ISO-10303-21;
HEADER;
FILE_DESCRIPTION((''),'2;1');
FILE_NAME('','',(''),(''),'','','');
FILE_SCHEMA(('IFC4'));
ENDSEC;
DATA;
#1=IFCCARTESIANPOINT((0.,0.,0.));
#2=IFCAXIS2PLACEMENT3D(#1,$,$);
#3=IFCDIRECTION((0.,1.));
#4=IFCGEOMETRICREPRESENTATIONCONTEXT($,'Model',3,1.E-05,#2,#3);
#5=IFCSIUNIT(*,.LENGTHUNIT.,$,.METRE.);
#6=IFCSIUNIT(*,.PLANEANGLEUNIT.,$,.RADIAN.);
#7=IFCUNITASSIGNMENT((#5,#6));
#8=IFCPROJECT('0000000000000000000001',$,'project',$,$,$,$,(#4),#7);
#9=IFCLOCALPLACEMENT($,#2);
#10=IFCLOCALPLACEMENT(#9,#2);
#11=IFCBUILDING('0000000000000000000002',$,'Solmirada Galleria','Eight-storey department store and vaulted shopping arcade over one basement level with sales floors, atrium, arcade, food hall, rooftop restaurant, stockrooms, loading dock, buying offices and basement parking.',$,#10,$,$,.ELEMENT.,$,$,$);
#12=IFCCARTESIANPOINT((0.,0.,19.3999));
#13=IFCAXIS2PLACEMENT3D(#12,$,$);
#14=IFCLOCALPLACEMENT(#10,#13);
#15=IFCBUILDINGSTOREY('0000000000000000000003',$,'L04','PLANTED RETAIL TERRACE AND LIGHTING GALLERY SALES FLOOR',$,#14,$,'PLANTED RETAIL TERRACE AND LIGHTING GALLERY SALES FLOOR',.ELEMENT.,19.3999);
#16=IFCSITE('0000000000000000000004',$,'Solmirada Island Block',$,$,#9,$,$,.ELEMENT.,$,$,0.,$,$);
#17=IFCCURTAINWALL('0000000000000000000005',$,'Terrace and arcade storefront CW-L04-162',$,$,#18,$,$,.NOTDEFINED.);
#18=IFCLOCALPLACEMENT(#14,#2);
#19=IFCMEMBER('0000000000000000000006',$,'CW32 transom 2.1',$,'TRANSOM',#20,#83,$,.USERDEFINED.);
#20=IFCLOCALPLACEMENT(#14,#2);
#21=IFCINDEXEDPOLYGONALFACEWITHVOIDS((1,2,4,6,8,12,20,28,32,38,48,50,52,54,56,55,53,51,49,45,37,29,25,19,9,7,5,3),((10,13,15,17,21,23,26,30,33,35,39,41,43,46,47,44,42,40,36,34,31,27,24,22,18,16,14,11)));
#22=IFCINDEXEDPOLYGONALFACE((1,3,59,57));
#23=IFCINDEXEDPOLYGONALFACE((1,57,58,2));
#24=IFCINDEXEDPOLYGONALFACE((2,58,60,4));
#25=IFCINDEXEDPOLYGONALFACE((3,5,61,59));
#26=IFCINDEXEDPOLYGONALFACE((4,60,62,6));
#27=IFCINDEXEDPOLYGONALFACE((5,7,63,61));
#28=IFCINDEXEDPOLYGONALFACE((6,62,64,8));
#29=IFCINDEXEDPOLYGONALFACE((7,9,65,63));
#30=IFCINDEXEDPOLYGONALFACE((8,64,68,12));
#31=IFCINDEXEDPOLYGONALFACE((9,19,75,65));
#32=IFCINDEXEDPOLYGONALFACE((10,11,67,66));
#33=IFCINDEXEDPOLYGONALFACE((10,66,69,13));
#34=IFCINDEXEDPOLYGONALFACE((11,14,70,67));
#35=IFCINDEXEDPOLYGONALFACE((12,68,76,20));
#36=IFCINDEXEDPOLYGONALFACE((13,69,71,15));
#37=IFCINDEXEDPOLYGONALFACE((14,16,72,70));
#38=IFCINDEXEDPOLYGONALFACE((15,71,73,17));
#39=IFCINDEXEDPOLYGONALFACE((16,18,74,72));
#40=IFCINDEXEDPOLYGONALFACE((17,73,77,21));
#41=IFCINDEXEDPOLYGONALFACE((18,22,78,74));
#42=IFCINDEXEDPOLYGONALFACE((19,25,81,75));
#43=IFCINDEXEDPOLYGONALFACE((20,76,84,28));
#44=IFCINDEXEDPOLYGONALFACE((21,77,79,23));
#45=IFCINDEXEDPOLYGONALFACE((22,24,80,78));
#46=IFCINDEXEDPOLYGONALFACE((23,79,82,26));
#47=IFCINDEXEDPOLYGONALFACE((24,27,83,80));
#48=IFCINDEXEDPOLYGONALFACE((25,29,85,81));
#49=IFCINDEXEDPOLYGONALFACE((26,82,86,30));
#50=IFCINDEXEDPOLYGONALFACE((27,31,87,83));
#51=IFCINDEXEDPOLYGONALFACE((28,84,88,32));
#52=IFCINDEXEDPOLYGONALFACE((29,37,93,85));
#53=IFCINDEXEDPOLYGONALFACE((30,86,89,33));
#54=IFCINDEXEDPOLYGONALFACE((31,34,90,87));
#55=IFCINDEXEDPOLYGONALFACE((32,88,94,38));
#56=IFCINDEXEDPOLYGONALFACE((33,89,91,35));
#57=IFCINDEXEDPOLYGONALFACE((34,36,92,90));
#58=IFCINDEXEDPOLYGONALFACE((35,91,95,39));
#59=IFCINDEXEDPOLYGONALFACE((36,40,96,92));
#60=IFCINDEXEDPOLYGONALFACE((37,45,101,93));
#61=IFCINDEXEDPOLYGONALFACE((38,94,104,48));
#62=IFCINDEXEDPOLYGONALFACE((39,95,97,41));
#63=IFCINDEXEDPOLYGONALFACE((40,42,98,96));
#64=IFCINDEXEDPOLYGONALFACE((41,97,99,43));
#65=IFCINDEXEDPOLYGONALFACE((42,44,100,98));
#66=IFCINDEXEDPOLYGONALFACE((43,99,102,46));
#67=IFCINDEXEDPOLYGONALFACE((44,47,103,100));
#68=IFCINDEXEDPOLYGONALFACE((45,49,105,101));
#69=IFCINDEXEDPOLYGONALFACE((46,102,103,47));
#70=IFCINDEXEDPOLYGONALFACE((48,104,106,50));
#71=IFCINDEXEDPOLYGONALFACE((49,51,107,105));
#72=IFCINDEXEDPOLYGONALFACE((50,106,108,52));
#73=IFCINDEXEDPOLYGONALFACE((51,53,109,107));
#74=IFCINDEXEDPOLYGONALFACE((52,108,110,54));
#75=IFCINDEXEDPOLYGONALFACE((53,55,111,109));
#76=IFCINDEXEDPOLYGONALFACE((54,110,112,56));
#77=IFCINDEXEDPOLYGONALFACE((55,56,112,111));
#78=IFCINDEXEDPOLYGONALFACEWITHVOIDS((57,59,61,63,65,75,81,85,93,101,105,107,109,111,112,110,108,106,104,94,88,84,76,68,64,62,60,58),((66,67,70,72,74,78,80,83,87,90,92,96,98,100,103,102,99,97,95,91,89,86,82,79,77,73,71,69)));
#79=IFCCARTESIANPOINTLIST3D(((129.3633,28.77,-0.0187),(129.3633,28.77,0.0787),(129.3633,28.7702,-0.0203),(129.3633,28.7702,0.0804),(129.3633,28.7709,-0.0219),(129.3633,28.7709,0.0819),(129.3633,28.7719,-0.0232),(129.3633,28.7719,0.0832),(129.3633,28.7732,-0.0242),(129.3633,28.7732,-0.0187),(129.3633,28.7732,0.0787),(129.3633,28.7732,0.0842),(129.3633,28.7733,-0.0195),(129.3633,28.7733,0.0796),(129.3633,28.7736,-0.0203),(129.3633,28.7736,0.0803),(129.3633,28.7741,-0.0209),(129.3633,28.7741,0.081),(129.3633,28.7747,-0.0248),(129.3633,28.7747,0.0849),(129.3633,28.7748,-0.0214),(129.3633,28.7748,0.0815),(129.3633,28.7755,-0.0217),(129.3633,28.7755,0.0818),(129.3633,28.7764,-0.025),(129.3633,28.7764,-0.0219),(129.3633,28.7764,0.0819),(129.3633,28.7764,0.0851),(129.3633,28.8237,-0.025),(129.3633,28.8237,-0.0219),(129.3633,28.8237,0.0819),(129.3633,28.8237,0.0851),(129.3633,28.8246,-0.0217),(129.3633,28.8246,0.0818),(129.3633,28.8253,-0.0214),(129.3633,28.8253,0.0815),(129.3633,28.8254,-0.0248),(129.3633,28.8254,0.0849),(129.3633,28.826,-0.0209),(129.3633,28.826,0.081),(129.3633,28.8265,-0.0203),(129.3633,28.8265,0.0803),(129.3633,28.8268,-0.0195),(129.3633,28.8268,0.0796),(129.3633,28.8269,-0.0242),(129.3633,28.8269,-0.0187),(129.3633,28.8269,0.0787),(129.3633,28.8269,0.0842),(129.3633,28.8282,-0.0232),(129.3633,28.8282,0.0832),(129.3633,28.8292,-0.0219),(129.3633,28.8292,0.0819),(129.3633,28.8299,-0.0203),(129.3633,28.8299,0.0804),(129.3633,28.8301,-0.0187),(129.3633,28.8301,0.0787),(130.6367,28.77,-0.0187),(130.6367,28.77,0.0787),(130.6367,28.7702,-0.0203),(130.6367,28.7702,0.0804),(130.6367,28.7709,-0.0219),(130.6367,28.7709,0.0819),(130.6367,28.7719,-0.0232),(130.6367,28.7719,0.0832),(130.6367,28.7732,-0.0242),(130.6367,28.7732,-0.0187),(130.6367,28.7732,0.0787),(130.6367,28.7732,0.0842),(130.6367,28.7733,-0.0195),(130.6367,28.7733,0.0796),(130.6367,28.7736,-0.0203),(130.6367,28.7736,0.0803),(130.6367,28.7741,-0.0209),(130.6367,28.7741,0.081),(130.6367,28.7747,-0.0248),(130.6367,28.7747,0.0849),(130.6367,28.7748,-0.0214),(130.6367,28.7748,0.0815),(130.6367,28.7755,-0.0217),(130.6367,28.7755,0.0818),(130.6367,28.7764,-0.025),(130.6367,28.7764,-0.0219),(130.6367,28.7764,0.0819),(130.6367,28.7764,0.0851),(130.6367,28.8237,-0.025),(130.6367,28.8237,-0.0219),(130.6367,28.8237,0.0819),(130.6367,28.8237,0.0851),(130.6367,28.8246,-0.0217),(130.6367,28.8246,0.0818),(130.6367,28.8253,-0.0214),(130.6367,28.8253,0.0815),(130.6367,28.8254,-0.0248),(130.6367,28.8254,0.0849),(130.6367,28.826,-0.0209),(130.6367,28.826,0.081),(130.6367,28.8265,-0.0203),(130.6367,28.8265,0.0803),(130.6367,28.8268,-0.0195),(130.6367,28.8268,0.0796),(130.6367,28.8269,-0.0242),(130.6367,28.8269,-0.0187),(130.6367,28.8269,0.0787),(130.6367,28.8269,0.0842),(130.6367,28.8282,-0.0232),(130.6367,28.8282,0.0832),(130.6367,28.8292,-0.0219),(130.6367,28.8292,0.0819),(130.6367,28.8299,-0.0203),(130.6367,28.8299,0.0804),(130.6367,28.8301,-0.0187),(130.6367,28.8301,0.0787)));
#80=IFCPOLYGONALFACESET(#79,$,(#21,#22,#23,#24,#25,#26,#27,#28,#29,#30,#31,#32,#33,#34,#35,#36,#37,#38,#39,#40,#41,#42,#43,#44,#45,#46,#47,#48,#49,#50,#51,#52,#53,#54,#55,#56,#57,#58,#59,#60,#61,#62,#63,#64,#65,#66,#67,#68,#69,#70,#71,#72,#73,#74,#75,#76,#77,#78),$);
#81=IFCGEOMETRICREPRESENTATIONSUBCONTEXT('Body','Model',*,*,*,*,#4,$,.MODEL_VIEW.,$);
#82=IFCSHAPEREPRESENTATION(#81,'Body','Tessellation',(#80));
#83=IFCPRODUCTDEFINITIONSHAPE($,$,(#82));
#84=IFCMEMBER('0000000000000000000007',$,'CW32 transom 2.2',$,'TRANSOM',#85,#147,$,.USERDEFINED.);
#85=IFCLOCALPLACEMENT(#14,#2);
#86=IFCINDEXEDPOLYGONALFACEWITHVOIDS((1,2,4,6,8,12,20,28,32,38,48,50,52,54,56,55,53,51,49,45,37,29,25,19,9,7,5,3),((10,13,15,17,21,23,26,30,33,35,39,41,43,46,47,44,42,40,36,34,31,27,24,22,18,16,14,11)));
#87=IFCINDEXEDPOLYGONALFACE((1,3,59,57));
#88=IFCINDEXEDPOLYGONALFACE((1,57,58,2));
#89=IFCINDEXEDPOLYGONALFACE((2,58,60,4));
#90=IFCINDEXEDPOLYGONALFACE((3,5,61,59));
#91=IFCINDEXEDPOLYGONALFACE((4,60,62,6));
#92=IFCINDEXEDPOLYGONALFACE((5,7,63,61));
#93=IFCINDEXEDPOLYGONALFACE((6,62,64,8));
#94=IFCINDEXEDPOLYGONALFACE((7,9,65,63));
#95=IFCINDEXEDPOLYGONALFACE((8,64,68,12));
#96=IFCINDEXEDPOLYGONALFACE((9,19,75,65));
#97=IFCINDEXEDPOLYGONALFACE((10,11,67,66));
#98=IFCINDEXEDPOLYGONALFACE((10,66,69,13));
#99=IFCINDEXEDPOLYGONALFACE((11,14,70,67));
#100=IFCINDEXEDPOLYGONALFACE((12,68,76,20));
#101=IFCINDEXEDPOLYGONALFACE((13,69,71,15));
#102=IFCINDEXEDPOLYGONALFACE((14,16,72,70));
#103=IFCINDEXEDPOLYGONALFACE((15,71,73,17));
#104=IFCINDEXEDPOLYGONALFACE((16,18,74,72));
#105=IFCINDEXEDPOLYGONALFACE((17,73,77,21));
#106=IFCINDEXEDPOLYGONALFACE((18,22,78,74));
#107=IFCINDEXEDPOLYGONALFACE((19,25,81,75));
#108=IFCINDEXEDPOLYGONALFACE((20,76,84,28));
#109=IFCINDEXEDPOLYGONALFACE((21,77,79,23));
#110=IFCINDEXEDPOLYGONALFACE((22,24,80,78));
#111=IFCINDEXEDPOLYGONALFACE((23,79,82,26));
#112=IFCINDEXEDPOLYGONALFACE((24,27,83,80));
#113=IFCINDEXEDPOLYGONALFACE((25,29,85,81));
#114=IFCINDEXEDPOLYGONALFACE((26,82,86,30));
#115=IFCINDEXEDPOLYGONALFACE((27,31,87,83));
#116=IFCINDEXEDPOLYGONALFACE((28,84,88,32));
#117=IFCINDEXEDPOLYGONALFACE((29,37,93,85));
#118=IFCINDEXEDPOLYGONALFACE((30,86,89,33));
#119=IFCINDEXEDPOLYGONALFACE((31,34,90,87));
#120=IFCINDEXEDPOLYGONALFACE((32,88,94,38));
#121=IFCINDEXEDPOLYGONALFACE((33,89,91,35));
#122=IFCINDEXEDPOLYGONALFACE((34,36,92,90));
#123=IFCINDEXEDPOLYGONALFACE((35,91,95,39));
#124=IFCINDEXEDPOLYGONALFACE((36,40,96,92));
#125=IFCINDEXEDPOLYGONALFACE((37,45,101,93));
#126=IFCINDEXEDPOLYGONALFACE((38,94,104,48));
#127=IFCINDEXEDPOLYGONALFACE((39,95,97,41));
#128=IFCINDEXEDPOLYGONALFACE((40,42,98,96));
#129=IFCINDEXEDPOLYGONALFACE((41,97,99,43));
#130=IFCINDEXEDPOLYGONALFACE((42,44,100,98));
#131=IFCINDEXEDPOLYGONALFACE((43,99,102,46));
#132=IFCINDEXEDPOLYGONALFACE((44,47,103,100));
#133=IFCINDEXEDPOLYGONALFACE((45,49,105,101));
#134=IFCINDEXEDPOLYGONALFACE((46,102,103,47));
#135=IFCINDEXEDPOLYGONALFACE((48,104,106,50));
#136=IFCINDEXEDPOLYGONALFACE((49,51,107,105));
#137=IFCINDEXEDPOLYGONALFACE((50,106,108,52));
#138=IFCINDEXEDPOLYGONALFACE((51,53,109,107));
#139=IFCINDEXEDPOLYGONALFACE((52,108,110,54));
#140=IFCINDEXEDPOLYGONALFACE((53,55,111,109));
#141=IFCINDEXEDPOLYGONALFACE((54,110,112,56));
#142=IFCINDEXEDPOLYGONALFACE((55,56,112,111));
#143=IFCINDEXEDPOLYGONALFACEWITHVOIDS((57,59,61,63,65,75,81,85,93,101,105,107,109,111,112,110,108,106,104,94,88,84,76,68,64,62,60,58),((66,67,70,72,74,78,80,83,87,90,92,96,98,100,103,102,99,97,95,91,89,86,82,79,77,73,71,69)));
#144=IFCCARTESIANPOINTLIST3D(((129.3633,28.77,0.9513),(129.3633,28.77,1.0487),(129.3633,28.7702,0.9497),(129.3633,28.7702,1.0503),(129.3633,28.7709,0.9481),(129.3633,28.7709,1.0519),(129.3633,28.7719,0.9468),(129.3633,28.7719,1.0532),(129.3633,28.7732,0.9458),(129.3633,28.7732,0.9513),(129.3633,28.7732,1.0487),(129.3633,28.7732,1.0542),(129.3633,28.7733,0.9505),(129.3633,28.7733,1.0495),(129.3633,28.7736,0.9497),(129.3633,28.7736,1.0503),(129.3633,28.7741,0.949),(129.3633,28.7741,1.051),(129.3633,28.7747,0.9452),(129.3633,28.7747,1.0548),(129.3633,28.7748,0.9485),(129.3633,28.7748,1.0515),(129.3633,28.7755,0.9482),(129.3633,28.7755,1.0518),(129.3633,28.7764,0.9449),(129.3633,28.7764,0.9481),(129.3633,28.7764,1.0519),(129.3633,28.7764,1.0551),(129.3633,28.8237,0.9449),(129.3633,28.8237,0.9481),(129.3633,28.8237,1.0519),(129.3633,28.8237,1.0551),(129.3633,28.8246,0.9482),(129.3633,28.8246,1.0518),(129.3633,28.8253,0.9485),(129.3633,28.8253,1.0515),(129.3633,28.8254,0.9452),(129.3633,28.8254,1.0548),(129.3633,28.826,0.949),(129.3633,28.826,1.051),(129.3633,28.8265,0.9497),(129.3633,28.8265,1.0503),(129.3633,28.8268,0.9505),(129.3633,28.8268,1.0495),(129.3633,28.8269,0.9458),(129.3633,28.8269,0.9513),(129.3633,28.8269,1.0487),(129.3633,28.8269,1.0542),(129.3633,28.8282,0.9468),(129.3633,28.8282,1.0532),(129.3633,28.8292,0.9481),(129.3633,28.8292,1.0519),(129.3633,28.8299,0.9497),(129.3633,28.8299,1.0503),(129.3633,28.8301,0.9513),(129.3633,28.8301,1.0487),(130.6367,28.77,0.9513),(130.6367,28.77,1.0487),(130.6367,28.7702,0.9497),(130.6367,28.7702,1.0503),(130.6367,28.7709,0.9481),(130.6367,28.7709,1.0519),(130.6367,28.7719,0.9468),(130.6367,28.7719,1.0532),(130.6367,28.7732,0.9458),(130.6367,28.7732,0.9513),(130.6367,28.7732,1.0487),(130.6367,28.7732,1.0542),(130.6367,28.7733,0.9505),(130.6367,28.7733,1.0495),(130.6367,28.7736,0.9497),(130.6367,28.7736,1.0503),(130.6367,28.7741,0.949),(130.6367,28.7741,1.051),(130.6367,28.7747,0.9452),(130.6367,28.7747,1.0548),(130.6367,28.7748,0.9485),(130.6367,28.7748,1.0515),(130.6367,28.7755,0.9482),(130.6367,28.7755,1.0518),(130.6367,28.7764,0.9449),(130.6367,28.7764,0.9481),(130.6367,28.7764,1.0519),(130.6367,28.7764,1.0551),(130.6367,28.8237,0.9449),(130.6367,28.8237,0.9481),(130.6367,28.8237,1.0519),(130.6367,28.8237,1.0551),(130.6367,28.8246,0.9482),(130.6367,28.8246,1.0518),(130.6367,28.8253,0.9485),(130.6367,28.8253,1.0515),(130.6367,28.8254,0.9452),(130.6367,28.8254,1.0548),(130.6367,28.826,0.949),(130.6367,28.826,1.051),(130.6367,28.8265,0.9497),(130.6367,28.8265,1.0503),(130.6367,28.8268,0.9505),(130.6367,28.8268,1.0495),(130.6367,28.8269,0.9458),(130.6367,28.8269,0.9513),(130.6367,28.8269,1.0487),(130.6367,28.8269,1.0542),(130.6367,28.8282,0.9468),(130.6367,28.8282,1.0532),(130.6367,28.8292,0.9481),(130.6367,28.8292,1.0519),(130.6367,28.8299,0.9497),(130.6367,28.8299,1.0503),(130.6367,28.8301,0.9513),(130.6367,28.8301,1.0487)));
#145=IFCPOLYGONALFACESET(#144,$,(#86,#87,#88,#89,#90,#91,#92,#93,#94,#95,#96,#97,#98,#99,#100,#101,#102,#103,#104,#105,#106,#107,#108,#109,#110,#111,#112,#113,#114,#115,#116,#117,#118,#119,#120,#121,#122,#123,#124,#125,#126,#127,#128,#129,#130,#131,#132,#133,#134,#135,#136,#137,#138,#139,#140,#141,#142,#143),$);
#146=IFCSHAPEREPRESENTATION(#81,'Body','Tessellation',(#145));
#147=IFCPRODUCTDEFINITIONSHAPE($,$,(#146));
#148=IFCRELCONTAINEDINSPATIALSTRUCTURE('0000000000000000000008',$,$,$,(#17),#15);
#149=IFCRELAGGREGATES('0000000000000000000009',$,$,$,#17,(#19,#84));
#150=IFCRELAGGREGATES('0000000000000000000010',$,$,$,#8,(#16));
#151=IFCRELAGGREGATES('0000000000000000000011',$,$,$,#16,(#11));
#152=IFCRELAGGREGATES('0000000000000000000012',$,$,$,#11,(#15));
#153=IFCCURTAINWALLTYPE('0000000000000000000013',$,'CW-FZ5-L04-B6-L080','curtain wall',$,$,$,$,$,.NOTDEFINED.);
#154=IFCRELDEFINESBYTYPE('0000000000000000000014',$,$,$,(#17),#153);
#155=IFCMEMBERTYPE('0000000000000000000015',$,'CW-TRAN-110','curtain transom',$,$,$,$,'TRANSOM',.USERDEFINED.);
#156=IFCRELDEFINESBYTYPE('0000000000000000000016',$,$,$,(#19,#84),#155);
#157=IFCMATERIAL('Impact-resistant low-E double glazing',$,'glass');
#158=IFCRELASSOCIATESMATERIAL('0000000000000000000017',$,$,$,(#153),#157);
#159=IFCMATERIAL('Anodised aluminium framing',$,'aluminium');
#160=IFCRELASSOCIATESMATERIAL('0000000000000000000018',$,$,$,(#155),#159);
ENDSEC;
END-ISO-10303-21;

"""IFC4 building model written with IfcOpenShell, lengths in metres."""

from ifc_helpers import new_model, si_unit, direction, frame, origin, origin_2d, place, context, subcontext, project, spatial, hollow_rectangle, extrude, material, material_profile, profile_set, type_object, element, aggregate, save


model = new_model("IFC4")

# Units and contexts
model_context = context("Model", 3, precision=1e-05, world=origin(), true_north=direction((0.0, 1.0)))
body_context = subcontext(model_context, "Body", "Model", "MODEL_VIEW")
ifc_project = project(units=[si_unit("LENGTHUNIT", "METRE"), si_unit("PLANEANGLEUNIT", "RADIAN")], contexts=[model_context])

# Site, building, storey
site_placement = place(None, origin())
site = spatial("IfcSite", under=ifc_project, at=site_placement, Name="Solmirada Island Block", CompositionType="ELEMENT", RefElevation=0.0)
building_placement = place(site_placement, origin())
building = spatial("IfcBuilding", under=site, at=building_placement, Name="Solmirada Galleria", Description="Eight-storey department store and vaulted shopping arcade over one basement level with sales floors, atrium, arcade, food hall, rooftop restaurant, stockrooms, loading dock, buying offices and basement parking.", CompositionType="ELEMENT")
storey_placement = place(building_placement, frame((0.0, 0.0, 19.3999)))
storey = spatial("IfcBuildingStorey", under=building, at=storey_placement, Name="L04", Description="PLANTED RETAIL TERRACE AND LIGHTING GALLERY SALES FLOOR", LongName="PLANTED RETAIL TERRACE AND LIGHTING GALLERY SALES FLOOR", CompositionType="ELEMENT", Elevation=19.3999)

# Curtain wall, members
ifc_material_1 = material(Name="Impact-resistant low-E double glazing", Category="glass")
curtain_wall_type = type_object("IfcCurtainWallType", Name="CW-FZ5-L04-B6-L080", Description="curtain wall", PredefinedType="NOTDEFINED", material=ifc_material_1)
curtain_wall_placement = place(storey_placement, origin())
curtain_wall = element("IfcCurtainWall", 1, at=curtain_wall_placement, inside=storey, type_object=curtain_wall_type, Name="Terrace and arcade storefront CW-L04-162", PredefinedType="NOTDEFINED")
ifc_material_2 = material(Name="Anodised aluminium framing", Category="aluminium")
ifc_material_profile_1 = material_profile(ifc_material_2, hollow_rectangle(XDim=0.0601, YDim=0.1101, WallThickness=0.0032, InnerFilletRadius=0.0032, OuterFilletRadius=0.0063, at=origin_2d()), Name="ALU-TRAN-110X60")
ifc_profile_set_1 = profile_set([ifc_material_profile_1], Name="Anodised aluminium framing")
member_type_1 = type_object("IfcMemberType", Name="CW-TRAN-110", Description="curtain transom", ElementType="TRANSOM", PredefinedType="USERDEFINED", material=ifc_profile_set_1)
member_1_placement = place(storey_placement, frame((129.3633, 28.8, 0.03), z_axis=(1.0, 0.0, 0.0), x_axis=(0.0, 1.0, 0.0)))
member_1 = element("IfcMember", 2, at=member_1_placement, type_object=member_type_1, Name="CW32 transom 2.1", ObjectType="TRANSOM", PredefinedType="USERDEFINED", context=body_context, shape_type="SweptSolid", body=[
    extrude(hollow_rectangle(XDim=0.0601, YDim=0.1101, WallThickness=0.0032, InnerFilletRadius=0.0032, OuterFilletRadius=0.0063, at=origin_2d()), origin(), (0.0, 0.0, 1.0), 1.2734),
])
member_2_placement = place(storey_placement, frame((129.3633, 28.8, 1.0), z_axis=(1.0, 0.0, 0.0), x_axis=(0.0, 1.0, 0.0)))
member_2 = element("IfcMember", 3, at=member_2_placement, type_object=member_type_1, Name="CW32 transom 2.2", ObjectType="TRANSOM", PredefinedType="USERDEFINED", context=body_context, shape_type="SweptSolid", body=[
    extrude(hollow_rectangle(XDim=0.0601, YDim=0.1101, WallThickness=0.0032, InnerFilletRadius=0.0032, OuterFilletRadius=0.0063, at=origin_2d()), origin(), (0.0, 0.0, 1.0), 1.2734),
])
aggregate(curtain_wall, [member_1, member_2])

save(model, "model.ifc")
